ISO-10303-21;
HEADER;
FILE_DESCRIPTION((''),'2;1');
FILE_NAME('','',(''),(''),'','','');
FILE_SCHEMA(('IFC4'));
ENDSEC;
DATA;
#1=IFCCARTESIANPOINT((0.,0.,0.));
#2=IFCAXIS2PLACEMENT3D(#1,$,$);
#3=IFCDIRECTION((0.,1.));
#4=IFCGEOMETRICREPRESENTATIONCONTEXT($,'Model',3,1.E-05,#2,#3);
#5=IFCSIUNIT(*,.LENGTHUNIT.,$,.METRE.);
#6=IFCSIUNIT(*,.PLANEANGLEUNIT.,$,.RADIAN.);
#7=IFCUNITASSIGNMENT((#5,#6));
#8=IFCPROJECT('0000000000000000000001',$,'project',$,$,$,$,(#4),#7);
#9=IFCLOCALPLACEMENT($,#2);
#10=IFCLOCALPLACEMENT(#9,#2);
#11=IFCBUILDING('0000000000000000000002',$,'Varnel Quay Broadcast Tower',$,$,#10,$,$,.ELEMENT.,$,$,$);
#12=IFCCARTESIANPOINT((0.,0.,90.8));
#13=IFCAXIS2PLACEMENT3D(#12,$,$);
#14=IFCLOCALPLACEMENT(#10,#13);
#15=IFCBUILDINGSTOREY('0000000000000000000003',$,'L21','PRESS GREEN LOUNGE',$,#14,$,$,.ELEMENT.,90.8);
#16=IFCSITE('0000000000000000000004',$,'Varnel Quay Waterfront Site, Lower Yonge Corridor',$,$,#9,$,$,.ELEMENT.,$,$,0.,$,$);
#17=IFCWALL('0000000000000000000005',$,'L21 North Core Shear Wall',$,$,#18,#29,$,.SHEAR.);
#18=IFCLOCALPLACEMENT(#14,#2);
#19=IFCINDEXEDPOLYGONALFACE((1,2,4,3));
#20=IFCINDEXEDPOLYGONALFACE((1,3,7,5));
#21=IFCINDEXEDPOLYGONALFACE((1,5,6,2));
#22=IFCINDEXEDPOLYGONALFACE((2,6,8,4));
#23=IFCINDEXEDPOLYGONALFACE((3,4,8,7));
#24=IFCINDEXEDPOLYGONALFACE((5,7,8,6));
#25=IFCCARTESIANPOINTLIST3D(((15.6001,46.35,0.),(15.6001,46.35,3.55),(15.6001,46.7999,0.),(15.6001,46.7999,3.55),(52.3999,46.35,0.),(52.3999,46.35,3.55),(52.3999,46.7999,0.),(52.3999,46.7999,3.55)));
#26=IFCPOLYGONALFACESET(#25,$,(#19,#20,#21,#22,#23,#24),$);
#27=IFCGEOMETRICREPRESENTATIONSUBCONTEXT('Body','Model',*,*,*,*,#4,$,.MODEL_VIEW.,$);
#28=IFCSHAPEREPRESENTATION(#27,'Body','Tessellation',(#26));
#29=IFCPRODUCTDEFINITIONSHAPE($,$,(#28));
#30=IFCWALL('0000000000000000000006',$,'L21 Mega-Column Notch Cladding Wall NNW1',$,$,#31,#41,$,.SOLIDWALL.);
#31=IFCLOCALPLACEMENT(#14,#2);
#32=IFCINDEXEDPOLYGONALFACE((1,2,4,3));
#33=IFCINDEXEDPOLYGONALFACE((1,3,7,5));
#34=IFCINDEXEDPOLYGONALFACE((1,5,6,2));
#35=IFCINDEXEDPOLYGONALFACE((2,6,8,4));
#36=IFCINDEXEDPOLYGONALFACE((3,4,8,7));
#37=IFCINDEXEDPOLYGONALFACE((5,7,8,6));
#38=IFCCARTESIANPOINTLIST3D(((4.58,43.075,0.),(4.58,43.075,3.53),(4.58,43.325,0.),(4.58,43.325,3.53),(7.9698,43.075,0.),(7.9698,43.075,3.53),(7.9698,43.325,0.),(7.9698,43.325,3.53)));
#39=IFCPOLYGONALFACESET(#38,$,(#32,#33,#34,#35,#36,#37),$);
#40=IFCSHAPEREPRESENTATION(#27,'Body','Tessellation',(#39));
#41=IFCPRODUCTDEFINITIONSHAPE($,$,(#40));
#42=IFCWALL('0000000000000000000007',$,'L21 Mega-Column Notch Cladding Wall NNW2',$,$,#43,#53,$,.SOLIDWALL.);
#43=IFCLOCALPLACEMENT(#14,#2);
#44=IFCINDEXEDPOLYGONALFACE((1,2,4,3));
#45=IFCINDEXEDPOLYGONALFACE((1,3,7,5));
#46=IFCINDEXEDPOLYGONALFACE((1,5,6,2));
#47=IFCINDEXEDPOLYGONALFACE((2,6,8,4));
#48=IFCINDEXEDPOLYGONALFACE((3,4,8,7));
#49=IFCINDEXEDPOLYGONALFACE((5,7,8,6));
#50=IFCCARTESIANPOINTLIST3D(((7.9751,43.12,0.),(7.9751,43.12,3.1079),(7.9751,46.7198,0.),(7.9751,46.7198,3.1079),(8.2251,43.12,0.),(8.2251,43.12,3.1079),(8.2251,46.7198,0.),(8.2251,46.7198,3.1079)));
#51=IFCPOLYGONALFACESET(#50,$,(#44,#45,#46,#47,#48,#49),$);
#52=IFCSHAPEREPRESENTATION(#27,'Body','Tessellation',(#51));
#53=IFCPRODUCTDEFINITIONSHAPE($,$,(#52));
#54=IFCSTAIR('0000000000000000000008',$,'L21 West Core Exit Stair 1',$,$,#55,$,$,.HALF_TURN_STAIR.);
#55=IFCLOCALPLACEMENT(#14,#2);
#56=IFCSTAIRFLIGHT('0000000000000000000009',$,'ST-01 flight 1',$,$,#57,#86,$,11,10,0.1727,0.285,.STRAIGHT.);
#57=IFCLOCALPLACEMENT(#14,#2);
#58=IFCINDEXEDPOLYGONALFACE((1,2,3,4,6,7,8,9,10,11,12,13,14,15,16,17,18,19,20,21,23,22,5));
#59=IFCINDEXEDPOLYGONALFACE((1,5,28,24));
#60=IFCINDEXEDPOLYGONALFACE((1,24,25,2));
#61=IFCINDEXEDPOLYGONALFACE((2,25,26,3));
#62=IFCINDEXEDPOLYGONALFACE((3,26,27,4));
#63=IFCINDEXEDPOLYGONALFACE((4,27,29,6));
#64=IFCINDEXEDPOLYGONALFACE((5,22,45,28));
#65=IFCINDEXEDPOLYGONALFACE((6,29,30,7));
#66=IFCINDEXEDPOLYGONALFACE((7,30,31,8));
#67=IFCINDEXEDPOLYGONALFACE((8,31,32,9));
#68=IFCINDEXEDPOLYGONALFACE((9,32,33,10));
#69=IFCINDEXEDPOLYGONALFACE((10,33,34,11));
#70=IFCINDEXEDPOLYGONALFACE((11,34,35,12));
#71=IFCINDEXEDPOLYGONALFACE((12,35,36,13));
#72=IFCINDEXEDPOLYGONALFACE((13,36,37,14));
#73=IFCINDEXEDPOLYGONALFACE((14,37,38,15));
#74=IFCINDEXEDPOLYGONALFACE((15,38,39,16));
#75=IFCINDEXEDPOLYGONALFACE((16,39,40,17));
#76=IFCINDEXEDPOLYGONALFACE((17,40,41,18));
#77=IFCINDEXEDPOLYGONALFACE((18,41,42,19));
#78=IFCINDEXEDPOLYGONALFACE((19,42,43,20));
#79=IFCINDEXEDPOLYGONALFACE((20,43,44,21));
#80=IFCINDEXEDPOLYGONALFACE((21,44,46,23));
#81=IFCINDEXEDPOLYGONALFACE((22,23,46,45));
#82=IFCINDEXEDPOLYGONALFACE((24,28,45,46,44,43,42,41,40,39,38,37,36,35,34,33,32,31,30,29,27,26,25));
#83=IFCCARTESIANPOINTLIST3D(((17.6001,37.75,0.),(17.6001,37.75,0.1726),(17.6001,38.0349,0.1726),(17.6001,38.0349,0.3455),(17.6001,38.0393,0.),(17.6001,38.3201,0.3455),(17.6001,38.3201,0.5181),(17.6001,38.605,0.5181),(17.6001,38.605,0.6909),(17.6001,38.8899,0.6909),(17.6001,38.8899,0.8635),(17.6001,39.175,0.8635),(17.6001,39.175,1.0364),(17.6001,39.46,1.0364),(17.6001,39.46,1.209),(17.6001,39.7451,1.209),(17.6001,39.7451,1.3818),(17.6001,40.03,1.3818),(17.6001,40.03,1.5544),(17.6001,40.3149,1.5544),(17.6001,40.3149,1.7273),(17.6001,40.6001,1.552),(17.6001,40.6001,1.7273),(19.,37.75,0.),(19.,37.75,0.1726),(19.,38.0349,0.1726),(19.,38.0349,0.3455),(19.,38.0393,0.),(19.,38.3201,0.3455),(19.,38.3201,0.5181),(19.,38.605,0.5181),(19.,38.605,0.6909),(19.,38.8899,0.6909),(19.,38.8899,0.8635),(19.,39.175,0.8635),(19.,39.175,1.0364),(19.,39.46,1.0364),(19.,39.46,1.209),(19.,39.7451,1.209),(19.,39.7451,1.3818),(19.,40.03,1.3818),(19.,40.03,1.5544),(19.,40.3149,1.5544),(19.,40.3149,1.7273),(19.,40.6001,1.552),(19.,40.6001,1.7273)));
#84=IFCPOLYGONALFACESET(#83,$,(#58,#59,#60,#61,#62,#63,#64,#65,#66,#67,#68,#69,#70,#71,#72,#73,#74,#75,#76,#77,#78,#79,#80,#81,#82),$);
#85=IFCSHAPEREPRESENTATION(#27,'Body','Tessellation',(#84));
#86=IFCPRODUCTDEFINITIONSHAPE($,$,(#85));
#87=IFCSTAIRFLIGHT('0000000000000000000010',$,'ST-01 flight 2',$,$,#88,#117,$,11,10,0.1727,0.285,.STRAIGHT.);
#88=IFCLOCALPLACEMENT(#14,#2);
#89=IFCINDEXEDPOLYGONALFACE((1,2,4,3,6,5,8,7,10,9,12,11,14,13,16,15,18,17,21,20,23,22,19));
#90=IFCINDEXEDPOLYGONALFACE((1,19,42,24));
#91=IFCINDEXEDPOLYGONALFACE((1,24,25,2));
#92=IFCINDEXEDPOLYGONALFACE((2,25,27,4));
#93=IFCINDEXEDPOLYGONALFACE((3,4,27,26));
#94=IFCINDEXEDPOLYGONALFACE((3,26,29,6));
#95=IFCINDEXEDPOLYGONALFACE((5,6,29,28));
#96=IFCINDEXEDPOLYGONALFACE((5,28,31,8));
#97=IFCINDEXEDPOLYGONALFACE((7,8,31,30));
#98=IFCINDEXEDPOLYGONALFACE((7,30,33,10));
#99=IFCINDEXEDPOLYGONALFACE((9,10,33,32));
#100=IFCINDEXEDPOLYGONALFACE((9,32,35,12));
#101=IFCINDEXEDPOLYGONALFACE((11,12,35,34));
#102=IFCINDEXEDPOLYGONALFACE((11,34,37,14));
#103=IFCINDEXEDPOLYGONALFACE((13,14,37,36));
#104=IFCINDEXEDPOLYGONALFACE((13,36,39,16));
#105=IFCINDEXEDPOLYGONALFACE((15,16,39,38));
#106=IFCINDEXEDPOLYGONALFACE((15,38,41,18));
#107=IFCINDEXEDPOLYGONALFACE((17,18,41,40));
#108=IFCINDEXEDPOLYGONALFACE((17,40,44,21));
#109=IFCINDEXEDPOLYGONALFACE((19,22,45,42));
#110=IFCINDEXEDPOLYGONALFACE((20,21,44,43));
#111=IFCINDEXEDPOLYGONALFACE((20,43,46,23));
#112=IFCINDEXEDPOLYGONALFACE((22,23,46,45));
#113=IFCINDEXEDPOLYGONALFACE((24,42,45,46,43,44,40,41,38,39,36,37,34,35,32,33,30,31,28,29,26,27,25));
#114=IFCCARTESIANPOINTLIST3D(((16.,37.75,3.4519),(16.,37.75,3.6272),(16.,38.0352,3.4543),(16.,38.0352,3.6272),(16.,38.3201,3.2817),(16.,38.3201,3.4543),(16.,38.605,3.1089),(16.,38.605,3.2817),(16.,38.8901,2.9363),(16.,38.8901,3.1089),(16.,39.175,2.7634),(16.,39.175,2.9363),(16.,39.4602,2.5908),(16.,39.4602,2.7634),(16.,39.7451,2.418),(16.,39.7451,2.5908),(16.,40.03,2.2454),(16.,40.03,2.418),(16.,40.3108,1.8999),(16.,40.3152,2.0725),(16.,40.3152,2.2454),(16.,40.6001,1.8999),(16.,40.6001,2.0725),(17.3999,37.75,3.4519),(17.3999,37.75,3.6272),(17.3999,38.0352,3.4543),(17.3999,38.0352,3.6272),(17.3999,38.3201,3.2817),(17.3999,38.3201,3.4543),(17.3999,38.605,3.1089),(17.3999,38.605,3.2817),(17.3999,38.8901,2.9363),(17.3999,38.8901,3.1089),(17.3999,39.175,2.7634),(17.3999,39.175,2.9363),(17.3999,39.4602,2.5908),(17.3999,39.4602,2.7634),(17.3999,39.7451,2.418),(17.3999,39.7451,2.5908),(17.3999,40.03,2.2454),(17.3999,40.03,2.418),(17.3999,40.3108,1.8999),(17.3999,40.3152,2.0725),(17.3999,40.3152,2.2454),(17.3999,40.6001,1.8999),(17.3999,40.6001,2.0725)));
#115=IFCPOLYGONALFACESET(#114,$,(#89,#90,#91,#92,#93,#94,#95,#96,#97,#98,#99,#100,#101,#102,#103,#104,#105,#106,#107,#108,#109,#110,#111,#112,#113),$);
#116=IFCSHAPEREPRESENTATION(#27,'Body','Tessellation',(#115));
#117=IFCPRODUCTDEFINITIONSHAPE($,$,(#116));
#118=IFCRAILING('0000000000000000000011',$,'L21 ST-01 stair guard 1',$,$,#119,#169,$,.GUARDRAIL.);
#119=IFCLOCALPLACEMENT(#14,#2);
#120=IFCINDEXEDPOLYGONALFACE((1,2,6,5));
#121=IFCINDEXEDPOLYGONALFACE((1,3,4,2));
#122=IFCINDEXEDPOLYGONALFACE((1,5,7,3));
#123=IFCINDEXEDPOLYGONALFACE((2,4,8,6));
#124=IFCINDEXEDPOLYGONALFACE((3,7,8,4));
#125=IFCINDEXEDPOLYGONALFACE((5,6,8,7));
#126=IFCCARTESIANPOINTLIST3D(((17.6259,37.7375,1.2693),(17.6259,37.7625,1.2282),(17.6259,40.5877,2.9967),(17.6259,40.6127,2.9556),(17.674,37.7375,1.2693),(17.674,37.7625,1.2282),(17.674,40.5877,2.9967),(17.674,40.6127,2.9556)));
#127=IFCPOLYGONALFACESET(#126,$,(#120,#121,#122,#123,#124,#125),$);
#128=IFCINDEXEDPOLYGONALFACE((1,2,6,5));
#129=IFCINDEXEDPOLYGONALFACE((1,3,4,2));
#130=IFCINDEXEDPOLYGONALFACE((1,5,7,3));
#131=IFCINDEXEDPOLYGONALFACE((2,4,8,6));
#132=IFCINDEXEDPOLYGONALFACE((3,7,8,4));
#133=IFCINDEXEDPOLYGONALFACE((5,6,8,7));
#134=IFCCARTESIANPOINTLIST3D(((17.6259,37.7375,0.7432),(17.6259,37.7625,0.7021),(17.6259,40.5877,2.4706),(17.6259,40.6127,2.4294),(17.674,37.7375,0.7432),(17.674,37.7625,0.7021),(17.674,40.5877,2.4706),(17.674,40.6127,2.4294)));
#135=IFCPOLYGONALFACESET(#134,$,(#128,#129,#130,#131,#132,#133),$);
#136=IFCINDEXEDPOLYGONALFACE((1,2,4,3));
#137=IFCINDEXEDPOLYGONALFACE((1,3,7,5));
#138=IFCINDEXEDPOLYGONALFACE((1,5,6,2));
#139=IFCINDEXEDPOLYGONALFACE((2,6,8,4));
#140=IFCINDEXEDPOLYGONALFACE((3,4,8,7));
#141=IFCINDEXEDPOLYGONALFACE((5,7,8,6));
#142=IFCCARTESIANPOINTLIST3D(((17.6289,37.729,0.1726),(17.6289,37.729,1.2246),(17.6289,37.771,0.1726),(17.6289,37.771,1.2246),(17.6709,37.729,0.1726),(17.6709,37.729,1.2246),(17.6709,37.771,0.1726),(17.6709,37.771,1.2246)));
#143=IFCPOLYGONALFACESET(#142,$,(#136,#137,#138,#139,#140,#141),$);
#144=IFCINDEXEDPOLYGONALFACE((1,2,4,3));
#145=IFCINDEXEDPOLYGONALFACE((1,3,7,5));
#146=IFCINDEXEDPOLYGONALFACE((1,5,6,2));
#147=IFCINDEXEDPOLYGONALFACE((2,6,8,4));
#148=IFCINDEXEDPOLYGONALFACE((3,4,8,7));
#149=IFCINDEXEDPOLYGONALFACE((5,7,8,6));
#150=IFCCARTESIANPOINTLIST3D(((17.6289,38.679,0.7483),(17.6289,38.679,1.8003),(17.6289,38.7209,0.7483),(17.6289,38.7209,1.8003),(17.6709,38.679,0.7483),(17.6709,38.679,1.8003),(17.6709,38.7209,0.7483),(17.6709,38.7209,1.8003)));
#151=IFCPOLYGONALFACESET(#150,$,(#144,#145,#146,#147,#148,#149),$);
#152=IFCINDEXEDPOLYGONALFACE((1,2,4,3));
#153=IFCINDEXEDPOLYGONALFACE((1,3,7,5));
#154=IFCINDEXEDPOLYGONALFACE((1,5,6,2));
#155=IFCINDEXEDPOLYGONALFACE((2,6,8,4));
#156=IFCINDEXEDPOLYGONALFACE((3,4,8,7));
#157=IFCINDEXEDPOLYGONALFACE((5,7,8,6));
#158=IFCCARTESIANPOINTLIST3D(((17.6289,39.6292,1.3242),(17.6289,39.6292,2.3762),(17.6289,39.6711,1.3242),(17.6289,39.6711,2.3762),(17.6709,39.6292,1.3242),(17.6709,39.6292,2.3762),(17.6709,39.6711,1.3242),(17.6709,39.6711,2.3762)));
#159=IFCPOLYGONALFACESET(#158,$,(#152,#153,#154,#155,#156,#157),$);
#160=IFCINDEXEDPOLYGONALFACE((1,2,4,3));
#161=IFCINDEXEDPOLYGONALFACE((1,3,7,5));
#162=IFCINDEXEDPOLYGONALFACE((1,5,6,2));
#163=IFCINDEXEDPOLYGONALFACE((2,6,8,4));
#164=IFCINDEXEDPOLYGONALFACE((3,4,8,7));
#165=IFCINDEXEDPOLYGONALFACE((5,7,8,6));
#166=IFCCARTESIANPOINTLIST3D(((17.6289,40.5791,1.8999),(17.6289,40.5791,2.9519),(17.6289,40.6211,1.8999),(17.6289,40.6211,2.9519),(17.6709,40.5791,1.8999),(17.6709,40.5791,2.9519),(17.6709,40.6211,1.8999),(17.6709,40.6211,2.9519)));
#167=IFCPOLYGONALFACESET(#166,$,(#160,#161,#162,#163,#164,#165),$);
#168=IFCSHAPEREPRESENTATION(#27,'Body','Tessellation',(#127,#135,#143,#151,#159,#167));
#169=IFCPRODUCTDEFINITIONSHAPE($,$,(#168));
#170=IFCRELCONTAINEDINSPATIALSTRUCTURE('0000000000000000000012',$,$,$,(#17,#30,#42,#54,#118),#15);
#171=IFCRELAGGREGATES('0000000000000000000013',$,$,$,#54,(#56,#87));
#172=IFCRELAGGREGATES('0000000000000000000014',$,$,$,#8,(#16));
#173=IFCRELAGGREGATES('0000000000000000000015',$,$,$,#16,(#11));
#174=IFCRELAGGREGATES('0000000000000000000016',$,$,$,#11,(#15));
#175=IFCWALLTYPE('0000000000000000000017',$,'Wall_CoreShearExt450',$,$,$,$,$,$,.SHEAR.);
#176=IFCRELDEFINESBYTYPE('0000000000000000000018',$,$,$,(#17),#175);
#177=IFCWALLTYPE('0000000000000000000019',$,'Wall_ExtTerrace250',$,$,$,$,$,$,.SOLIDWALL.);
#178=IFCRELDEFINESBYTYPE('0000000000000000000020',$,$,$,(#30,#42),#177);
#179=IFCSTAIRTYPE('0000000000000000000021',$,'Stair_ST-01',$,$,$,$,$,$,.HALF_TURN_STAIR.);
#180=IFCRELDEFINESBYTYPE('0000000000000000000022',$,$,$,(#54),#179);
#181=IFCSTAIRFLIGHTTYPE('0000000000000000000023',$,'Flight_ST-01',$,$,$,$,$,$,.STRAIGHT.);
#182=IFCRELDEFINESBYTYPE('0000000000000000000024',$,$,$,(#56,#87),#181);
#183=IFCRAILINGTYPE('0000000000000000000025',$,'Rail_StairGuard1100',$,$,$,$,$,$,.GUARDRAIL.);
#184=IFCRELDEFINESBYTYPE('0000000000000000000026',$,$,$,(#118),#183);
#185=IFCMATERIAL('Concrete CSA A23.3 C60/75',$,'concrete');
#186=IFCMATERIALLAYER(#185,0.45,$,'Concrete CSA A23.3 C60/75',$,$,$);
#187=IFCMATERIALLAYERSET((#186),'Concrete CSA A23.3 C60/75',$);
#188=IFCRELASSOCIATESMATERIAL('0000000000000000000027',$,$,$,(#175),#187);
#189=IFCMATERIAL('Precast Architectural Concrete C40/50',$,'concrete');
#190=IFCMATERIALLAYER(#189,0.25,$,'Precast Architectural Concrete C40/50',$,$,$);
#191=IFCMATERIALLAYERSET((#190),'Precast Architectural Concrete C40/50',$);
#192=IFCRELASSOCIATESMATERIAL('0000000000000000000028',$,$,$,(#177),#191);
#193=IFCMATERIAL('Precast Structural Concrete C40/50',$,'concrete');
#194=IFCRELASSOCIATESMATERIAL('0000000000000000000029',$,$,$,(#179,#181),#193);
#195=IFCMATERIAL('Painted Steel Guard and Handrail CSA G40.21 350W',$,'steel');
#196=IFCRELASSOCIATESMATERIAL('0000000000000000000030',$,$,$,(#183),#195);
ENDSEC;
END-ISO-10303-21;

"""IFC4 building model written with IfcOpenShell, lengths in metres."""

from ifc_helpers import new_model, si_unit, direction, frame, frame_2d, origin, origin_2d, place, context, subcontext, project, spatial, polyline, rectangle, outline, extrude, material, layer, layer_set, type_object, element, aggregate, save


model = new_model("IFC4")

# Units and contexts
model_context = context("Model", 3, precision=1e-05, world=origin(), true_north=direction((0.0, 1.0)))
body_context = subcontext(model_context, "Body", "Model", "MODEL_VIEW")
ifc_project = project(units=[si_unit("LENGTHUNIT", "METRE"), si_unit("PLANEANGLEUNIT", "RADIAN")], contexts=[model_context])

# Site, building, storey
site_placement = place(None, origin())
site = spatial("IfcSite", under=ifc_project, at=site_placement, Name="Varnel Quay Waterfront Site, Lower Yonge Corridor", CompositionType="ELEMENT", RefElevation=0.0)
building_placement = place(site_placement, origin())
building = spatial("IfcBuilding", under=site, at=building_placement, Name="Varnel Quay Broadcast Tower", CompositionType="ELEMENT")
storey_placement = place(building_placement, frame((0.0, 0.0, 90.8)))
storey = spatial("IfcBuildingStorey", under=building, at=storey_placement, Name="L21", Description="PRESS GREEN LOUNGE", CompositionType="ELEMENT", Elevation=90.8)

# Walls
ifc_material_1 = material(Name="Concrete CSA A23.3 C60/75", Category="concrete")
ifc_layer_1 = layer(ifc_material_1, 0.45, Name="Concrete CSA A23.3 C60/75")
ifc_layer_set_1 = layer_set([ifc_layer_1], Name="Concrete CSA A23.3 C60/75")
wall_type_1 = type_object("IfcWallType", Name="Wall_CoreShearExt450", PredefinedType="SHEAR", material=ifc_layer_set_1)
wall_1_placement = place(storey_placement, frame((15.6001, 46.575, 0.0), z_axis=(0.0, 0.0, 1.0), x_axis=(1.0, 0.0, 0.0)))
element("IfcWall", 1, at=wall_1_placement, inside=storey, type_object=wall_type_1, Name="L21 North Core Shear Wall", PredefinedType="SHEAR", context=body_context, shape_type="SweptSolid", body=[
    extrude(rectangle(XDim=36.7998, YDim=0.45, at=frame_2d((18.3999, 0.0))), origin(), (0.0, 0.0, 1.0), 3.55),
])
ifc_material_2 = material(Name="Precast Architectural Concrete C40/50", Category="concrete")
ifc_layer_2 = layer(ifc_material_2, 0.25, Name="Precast Architectural Concrete C40/50")
ifc_layer_set_2 = layer_set([ifc_layer_2], Name="Precast Architectural Concrete C40/50")
wall_type_2 = type_object("IfcWallType", Name="Wall_ExtTerrace250", PredefinedType="SOLIDWALL", material=ifc_layer_set_2)
wall_2_placement = place(storey_placement, frame((4.5801, 43.2, 0.0), z_axis=(0.0, 0.0, 1.0), x_axis=(1.0, 0.0, 0.0)))
element("IfcWall", 2, at=wall_2_placement, inside=storey, type_object=wall_type_2, Name="L21 Mega-Column Notch Cladding Wall NNW1", PredefinedType="SOLIDWALL", context=body_context, shape_type="SweptSolid", body=[
    extrude(rectangle(XDim=3.3899, YDim=0.25, at=frame_2d((1.6948, 0.0))), origin(), (0.0, 0.0, 1.0), 3.53),
])
wall_3_placement = place(storey_placement, frame((8.1001, 43.1201, 0.0), z_axis=(0.0, 0.0, 1.0), x_axis=(0.0, 1.0, 0.0)))
element("IfcWall", 3, at=wall_3_placement, inside=storey, type_object=wall_type_2, Name="L21 Mega-Column Notch Cladding Wall NNW2", PredefinedType="SOLIDWALL", context=body_context, shape_type="SweptSolid", body=[
    extrude(rectangle(XDim=3.5999, YDim=0.25, at=frame_2d((1.7998, 0.0))), origin(), (0.0, 0.0, 1.0), 3.1079),
])

# Stair, stair flights
ifc_material_3 = material(Name="Precast Structural Concrete C40/50", Category="concrete")
stair_type = type_object("IfcStairType", Name="Stair_ST-01", PredefinedType="HALF_TURN_STAIR", material=ifc_material_3)
stair_placement = place(storey_placement, origin())
stair = element("IfcStair", 4, at=stair_placement, inside=storey, type_object=stair_type, Name="L21 West Core Exit Stair 1", PredefinedType="HALF_TURN_STAIR")
stair_flight_type = type_object("IfcStairFlightType", Name="Flight_ST-01", PredefinedType="STRAIGHT", material=ifc_material_3)
stair_flight_1_placement = place(storey_placement, frame((18.3, 37.75, 0.0), z_axis=(0.0, 0.0, 1.0), x_axis=(0.0, 1.0, 0.0)))
stair_flight_1 = element("IfcStairFlight", 5, at=stair_flight_1_placement, type_object=stair_flight_type, Name="ST-01 flight 1", NumberOfRisers=11, NumberOfTreads=10, PredefinedType="STRAIGHT", RiserHeight=0.1727, TreadLength=0.285, context=body_context, shape_type="SweptSolid", body=[
    extrude(outline(polyline([(0.0, 0.0), (0.0, 0.1726), (0.2849, 0.1726), (0.2849, 0.3455), (0.5701, 0.3455), (0.5701, 0.5181), (0.855, 0.5181), (0.855, 0.6909), (1.1399, 0.6909), (1.1399, 0.8635), (1.425, 0.8635), (1.425, 1.0364), (1.71, 1.0364), (1.71, 1.209), (1.9951, 1.209), (1.9951, 1.3818), (2.28, 1.3818), (2.28, 1.5544), (2.5649, 1.5544), (2.5649, 1.7273), (2.8501, 1.7273), (2.8501, 1.8999), (2.8501, 1.552), (0.2893, 0.0), (0.0, 0.0)])), frame((0.0, 0.7, 0.0), z_axis=(0.0, -1.0, 0.0), x_axis=(1.0, 0.0, 0.0)), (0.0, 0.0, 1.0), 1.3999),
])
stair_flight_2_placement = place(storey_placement, frame((16.7, 40.6001, 1.8999), z_axis=(0.0, 0.0, 1.0), x_axis=(0.0, -1.0, 0.0)))
stair_flight_2 = element("IfcStairFlight", 6, at=stair_flight_2_placement, type_object=stair_flight_type, Name="ST-01 flight 2", NumberOfRisers=11, NumberOfTreads=10, PredefinedType="STRAIGHT", RiserHeight=0.1727, TreadLength=0.285, context=body_context, shape_type="SweptSolid", body=[
    extrude(outline(polyline([(0.0, 0.0), (0.0, 0.1726), (0.2849, 0.1726), (0.2849, 0.3455), (0.5701, 0.3455), (0.5701, 0.5181), (0.855, 0.5181), (0.855, 0.6909), (1.1399, 0.6909), (1.1399, 0.8635), (1.425, 0.8635), (1.425, 1.0364), (1.71, 1.0364), (1.71, 1.209), (1.9951, 1.209), (1.9951, 1.3818), (2.28, 1.3818), (2.28, 1.5544), (2.5649, 1.5544), (2.5649, 1.7273), (2.8501, 1.7273), (2.8501, 1.8999), (2.8501, 1.552), (0.2893, 0.0), (0.0, 0.0)])), frame((0.0, 0.7, 0.0), z_axis=(0.0, -1.0, 0.0), x_axis=(1.0, 0.0, 0.0)), (0.0, 0.0, 1.0), 1.3999),
])
aggregate(stair, [stair_flight_1, stair_flight_2])

# Railing
ifc_material_4 = material(Name="Painted Steel Guard and Handrail CSA G40.21 350W", Category="steel")
railing_type_1 = type_object("IfcRailingType", Name="Rail_StairGuard1100", PredefinedType="GUARDRAIL", material=ifc_material_4)
railing_1_placement = place(storey_placement, frame((17.6499, 37.75, 0.1726)))
element("IfcRailing", 7, at=railing_1_placement, inside=storey, type_object=railing_type_1, Name="L21 ST-01 stair guard 1", PredefinedType="GUARDRAIL", context=body_context, shape_type="SweptSolid", body=[
    extrude(rectangle(XDim=0.0481, YDim=0.0481, at=origin_2d()), frame((0.0, 0.0, 1.0762), z_axis=(0.0, 0.855203, 0.518294), x_axis=(-1.0, 0.0, 0.0)), (0.0, 0.0, 1.0), 3.3328),
    extrude(rectangle(XDim=0.0481, YDim=0.0481, at=origin_2d()), frame((0.0, 0.0, 0.55), z_axis=(0.0, 0.855203, 0.518294), x_axis=(-1.0, 0.0, 0.0)), (0.0, 0.0, 1.0), 3.3328),
    extrude(rectangle(XDim=0.042, YDim=0.042, at=origin_2d()), origin(), (0.0, 0.0, 1.0), 1.052),
    extrude(rectangle(XDim=0.042, YDim=0.042, at=origin_2d()), frame((0.0, 0.95, 0.5757)), (0.0, 0.0, 1.0), 1.052),
    extrude(rectangle(XDim=0.042, YDim=0.042, at=origin_2d()), frame((0.0, 1.9001, 1.1516)), (0.0, 0.0, 1.0), 1.052),
    extrude(rectangle(XDim=0.042, YDim=0.042, at=origin_2d()), frame((0.0, 2.8501, 1.7273)), (0.0, 0.0, 1.0), 1.052),
])

save(model, "model.ifc")
